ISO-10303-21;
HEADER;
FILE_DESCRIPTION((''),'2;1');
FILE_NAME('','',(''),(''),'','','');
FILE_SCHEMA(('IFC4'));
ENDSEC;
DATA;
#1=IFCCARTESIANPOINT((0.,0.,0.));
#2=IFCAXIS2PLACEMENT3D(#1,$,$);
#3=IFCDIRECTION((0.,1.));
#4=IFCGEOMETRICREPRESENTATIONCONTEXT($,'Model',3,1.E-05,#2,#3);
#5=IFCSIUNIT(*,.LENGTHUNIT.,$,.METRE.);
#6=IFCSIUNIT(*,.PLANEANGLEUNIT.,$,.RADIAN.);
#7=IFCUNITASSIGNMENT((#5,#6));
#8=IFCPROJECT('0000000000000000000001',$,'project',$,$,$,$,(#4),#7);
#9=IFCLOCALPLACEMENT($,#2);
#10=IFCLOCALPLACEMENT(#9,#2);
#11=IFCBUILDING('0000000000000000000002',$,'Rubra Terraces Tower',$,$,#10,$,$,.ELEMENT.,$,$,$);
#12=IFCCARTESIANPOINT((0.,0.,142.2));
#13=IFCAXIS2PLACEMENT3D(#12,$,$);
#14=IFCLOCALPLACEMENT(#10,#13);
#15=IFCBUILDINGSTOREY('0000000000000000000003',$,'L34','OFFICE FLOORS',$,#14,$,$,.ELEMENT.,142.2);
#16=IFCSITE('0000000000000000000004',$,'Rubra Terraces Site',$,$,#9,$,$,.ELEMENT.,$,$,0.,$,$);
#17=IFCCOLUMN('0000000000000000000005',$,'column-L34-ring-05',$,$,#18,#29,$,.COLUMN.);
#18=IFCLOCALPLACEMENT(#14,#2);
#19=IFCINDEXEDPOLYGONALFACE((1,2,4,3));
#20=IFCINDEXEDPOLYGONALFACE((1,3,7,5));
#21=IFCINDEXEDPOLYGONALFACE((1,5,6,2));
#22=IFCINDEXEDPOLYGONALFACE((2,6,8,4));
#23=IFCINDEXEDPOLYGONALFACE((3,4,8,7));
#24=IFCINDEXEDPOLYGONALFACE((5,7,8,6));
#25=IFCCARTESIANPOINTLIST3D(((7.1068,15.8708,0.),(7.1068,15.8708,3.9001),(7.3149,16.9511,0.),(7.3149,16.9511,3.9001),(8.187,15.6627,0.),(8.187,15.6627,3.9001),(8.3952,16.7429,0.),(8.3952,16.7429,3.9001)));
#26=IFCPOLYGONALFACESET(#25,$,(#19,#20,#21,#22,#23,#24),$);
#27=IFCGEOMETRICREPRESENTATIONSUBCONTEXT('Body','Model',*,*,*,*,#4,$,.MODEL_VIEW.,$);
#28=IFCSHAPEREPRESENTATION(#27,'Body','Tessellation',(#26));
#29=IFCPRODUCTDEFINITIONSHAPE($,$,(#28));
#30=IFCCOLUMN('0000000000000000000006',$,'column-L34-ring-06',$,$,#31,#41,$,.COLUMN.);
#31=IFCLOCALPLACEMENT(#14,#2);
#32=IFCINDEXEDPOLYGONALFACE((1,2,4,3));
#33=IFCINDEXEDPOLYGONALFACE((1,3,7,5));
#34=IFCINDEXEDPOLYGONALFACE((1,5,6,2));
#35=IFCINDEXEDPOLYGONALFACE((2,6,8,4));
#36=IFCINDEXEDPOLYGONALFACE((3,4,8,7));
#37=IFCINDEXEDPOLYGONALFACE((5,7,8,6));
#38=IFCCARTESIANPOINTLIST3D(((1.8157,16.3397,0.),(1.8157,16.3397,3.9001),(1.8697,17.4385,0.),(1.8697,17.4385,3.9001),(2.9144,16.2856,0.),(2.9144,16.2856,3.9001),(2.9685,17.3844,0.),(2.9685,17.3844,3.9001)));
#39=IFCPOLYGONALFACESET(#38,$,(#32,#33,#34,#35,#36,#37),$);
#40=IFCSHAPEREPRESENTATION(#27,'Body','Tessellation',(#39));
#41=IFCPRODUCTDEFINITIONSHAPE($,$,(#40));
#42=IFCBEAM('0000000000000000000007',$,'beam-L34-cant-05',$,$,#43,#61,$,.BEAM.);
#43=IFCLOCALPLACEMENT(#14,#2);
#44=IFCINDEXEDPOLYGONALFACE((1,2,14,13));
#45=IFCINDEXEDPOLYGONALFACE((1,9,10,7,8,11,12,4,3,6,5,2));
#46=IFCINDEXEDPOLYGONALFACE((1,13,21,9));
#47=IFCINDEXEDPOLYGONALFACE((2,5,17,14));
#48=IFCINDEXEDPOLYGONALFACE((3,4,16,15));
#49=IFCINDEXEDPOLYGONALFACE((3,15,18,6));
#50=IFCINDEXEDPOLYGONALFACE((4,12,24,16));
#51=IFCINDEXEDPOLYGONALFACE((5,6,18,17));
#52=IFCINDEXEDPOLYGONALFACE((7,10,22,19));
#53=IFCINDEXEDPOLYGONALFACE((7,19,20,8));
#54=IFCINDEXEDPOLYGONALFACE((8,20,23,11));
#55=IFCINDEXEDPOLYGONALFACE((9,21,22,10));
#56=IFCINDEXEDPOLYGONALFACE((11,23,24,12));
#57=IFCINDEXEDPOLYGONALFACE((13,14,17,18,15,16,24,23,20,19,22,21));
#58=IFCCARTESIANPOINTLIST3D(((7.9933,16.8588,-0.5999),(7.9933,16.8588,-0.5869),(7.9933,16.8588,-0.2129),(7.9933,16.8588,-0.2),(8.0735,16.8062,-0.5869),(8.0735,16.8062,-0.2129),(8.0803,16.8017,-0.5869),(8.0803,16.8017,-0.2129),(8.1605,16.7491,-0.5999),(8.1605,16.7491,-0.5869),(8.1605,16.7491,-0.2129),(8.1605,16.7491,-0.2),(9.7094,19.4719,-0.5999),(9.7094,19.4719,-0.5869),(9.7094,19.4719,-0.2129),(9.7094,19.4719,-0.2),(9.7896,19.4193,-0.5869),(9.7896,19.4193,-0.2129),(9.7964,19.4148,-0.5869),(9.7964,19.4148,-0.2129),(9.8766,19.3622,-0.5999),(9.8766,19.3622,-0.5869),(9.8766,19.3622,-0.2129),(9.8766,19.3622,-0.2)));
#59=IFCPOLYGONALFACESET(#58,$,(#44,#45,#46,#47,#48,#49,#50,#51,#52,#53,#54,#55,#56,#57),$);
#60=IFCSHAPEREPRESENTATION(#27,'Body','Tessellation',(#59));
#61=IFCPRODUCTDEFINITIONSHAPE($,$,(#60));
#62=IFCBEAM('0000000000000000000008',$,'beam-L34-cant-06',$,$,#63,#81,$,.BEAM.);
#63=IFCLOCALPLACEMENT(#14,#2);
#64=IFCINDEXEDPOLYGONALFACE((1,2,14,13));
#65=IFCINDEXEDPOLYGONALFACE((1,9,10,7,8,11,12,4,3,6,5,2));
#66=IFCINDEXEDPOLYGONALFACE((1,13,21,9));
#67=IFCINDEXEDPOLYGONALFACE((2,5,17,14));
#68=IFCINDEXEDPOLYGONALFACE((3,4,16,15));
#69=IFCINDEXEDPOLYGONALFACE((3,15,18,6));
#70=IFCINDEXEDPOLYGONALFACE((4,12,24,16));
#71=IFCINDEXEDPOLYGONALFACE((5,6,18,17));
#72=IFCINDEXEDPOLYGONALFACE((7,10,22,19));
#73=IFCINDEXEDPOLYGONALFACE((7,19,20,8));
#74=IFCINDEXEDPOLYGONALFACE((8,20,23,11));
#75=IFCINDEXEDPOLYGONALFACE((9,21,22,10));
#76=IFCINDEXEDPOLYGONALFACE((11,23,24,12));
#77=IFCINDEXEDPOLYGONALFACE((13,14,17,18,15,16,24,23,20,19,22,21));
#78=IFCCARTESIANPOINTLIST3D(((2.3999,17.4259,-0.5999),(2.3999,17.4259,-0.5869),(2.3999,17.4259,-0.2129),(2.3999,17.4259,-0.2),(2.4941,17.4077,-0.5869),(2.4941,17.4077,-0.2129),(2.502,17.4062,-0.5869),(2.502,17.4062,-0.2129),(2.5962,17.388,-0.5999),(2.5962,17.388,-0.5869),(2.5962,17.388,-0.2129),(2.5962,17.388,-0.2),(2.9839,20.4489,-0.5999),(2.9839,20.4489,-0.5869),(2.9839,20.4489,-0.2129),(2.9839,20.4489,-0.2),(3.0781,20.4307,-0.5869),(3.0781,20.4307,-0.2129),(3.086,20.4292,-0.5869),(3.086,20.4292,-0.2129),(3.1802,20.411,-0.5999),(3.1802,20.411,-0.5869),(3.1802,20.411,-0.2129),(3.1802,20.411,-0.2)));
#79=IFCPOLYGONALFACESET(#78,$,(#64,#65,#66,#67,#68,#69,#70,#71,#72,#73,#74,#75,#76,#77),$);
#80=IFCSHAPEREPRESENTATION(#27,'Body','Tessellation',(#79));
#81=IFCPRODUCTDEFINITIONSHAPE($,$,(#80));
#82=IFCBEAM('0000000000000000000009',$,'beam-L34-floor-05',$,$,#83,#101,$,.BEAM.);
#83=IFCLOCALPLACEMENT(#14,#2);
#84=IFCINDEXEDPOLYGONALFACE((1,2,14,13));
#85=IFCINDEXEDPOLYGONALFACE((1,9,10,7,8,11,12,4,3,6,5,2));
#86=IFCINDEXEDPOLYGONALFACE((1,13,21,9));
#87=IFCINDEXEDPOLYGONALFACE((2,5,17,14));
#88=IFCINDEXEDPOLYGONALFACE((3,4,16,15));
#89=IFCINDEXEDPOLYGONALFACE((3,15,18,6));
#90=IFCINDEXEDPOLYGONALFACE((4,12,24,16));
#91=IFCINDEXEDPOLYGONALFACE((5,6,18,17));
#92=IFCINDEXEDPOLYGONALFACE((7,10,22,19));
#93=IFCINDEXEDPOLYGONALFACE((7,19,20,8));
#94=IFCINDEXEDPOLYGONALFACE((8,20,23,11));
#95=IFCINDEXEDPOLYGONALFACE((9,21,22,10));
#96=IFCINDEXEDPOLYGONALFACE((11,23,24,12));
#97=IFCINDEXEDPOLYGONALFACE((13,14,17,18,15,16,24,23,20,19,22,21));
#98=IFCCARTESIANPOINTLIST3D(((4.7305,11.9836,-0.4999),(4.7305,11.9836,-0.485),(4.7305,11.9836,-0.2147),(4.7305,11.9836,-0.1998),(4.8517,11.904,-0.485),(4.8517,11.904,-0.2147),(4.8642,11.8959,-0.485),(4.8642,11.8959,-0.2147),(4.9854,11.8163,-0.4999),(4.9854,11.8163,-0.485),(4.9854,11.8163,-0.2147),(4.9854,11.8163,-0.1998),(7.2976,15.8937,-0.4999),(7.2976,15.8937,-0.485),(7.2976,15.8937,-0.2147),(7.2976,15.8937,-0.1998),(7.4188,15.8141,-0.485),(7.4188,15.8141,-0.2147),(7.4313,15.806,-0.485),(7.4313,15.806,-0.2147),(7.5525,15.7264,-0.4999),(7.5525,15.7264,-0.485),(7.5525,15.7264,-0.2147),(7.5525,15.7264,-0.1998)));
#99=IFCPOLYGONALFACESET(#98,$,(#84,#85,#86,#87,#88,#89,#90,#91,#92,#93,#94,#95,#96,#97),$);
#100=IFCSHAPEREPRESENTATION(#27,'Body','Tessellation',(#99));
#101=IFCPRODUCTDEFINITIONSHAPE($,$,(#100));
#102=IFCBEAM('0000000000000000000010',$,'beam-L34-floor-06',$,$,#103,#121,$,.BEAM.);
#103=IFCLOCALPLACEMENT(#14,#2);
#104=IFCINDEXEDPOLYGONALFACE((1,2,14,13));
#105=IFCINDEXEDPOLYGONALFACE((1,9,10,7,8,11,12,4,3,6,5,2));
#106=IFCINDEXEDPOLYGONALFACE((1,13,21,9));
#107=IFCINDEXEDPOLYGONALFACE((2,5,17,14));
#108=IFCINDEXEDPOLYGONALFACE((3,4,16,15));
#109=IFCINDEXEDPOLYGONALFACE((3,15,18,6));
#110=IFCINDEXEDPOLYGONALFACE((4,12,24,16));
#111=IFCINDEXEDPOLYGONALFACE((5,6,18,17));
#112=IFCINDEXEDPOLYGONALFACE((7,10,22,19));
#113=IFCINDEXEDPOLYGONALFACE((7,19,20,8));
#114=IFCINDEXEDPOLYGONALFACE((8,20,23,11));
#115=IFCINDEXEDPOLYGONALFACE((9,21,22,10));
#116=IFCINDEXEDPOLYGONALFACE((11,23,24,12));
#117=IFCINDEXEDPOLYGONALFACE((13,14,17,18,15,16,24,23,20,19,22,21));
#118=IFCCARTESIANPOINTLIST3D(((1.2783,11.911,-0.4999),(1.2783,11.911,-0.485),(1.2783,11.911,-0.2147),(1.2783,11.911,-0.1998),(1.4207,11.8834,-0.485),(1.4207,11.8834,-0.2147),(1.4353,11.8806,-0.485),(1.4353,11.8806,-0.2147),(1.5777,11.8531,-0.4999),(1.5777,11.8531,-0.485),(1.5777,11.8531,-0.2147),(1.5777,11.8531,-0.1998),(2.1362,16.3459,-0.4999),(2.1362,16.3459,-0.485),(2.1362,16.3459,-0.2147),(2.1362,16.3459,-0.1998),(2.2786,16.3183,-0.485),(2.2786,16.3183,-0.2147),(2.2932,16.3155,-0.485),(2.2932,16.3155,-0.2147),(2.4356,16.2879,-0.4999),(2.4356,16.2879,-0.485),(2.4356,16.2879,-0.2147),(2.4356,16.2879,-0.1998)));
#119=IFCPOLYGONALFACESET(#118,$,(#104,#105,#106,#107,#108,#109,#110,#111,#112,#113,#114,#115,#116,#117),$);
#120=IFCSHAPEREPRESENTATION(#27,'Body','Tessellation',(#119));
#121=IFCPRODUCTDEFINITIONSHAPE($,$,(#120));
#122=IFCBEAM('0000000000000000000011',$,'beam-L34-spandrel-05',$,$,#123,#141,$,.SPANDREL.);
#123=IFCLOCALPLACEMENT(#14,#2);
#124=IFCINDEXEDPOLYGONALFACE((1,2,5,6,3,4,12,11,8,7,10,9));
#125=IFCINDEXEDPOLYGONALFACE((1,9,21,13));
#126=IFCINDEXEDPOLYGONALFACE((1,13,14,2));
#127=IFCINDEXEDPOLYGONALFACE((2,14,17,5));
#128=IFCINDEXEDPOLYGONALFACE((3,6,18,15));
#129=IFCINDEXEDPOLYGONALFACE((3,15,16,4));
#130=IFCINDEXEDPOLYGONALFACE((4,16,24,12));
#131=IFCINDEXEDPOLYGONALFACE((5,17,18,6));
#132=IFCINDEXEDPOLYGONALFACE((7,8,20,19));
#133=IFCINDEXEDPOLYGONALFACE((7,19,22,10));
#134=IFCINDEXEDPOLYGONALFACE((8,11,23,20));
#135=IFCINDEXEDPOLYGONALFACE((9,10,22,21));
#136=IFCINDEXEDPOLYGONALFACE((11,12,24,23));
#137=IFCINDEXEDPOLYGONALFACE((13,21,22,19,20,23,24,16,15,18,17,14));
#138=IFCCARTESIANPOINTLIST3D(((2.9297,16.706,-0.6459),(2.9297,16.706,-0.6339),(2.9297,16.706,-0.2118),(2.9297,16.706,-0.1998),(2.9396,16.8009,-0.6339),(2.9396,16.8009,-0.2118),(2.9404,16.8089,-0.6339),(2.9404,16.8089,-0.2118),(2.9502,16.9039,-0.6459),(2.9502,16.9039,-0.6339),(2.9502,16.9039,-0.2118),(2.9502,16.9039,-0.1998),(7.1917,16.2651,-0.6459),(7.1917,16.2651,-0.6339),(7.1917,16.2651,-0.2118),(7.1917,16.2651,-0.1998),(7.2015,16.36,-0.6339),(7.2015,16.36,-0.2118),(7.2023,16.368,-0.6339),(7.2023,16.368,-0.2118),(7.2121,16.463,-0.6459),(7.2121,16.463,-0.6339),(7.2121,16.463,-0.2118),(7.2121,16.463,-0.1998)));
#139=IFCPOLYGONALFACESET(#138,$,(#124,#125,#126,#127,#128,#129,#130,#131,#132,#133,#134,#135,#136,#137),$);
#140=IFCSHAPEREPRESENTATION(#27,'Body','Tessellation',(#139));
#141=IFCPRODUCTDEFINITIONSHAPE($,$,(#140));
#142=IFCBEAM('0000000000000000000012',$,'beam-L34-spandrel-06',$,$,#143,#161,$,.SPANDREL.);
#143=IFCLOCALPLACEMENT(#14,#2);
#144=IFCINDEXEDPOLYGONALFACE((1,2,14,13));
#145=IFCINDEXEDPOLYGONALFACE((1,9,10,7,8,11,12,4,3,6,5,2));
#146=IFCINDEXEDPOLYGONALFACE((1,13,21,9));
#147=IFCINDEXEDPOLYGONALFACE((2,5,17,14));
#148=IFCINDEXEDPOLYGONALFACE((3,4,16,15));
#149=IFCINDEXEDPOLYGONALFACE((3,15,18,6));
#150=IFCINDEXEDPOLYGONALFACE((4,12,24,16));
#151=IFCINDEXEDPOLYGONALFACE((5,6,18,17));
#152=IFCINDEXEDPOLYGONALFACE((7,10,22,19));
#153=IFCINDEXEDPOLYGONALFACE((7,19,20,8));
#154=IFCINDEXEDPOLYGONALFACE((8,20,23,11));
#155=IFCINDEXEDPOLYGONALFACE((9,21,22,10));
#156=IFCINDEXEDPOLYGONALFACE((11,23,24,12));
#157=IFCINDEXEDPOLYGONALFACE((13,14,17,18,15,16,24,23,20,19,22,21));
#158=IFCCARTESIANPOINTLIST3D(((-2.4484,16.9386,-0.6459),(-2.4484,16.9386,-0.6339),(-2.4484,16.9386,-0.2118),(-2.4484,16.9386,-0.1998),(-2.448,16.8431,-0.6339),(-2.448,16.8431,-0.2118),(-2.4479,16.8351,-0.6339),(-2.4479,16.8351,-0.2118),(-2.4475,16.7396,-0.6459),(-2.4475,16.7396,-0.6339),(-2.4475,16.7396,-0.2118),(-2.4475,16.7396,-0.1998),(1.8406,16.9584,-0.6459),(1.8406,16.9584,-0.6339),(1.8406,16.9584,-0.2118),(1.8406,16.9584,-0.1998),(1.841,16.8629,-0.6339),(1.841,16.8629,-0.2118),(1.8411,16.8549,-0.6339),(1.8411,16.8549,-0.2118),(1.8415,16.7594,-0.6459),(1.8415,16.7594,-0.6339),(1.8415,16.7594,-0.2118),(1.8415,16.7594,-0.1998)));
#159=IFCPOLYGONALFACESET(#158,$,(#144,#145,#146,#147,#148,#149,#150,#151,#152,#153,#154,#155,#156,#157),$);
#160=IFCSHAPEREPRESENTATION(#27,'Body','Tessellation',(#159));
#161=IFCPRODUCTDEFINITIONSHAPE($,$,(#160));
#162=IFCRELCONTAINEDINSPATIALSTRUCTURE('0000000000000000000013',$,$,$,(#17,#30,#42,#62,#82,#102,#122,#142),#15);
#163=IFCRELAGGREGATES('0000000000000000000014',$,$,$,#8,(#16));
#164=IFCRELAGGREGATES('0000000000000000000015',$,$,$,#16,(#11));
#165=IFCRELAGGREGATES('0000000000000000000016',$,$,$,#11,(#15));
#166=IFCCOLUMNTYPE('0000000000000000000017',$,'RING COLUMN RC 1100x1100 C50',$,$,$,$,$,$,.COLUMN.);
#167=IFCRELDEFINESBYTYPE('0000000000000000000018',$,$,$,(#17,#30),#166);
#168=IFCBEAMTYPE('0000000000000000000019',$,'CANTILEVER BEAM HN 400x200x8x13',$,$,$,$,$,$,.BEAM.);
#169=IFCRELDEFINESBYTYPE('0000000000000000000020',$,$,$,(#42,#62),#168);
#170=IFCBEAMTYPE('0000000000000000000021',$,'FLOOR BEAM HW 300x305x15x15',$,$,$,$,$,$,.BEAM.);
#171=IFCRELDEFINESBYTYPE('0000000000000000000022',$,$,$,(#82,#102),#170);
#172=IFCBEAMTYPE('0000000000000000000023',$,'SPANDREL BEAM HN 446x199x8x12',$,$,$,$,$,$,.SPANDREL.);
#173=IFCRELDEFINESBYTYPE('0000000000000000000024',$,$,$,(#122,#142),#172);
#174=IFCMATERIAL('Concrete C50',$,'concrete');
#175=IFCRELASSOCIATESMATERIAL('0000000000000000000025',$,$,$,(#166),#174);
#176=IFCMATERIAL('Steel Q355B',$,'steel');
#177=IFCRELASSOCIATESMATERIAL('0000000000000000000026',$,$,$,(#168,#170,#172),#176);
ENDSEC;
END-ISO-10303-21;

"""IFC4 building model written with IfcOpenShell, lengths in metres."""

from ifc_helpers import new_model, si_unit, direction, frame, origin, origin_2d, place, context, subcontext, project, spatial, rectangle, i_section, extrude, material, material_profile, profile_set, type_object, element, save


model = new_model("IFC4")

# Units and contexts
model_context = context("Model", 3, precision=1e-05, world=origin(), true_north=direction((0.0, 1.0)))
body_context = subcontext(model_context, "Body", "Model", "MODEL_VIEW")
ifc_project = project(units=[si_unit("LENGTHUNIT", "METRE"), si_unit("PLANEANGLEUNIT", "RADIAN")], contexts=[model_context])

# Site, building, storey
site_placement = place(None, origin())
site = spatial("IfcSite", under=ifc_project, at=site_placement, Name="Rubra Terraces Site", CompositionType="ELEMENT", RefElevation=0.0)
building_placement = place(site_placement, origin())
building = spatial("IfcBuilding", under=site, at=building_placement, Name="Rubra Terraces Tower", CompositionType="ELEMENT")
storey_placement = place(building_placement, frame((0.0, 0.0, 142.2)))
storey = spatial("IfcBuildingStorey", under=building, at=storey_placement, Name="L34", Description="OFFICE FLOORS", CompositionType="ELEMENT", Elevation=142.2)

# Columns
ifc_material_1 = material(Name="Concrete C50", Category="concrete")
ifc_material_profile_1 = material_profile(ifc_material_1, rectangle(XDim=1.1001, YDim=1.1001, at=origin_2d()), Name="RC 1100x1100")
ifc_profile_set_1 = profile_set([ifc_material_profile_1], Name="Concrete C50")
column_type = type_object("IfcColumnType", Name="RING COLUMN RC 1100x1100 C50", PredefinedType="COLUMN", material=ifc_profile_set_1)
for number, where, z_axis, x_axis, name in (
    (1, (7.751, 16.3069, 0.0), (0.0, 0.0, 1.0), (-0.981937, 0.18921, 0.0), "column-L34-ring-05"),
    (2, (2.3921, 16.8621, 0.0), (0.0, 0.0, 1.0), (-0.998791, 0.04915, 0.0), "column-L34-ring-06"),
):
    element("IfcColumn", number, at=place(storey_placement, frame(where, z_axis=z_axis, x_axis=x_axis)), inside=storey, type_object=column_type, Name=name, PredefinedType="COLUMN", context=body_context, shape_type="SweptSolid", body=[
        extrude(rectangle(XDim=1.1001, YDim=1.1001, at=origin_2d()), origin(), (0.0, 0.0, 1.0), 3.9001),
    ])

# Beams
ifc_material_2 = material(Name="Steel Q355B", Category="steel")
ifc_material_profile_2 = material_profile(ifc_material_2, i_section(OverallWidth=0.2, OverallDepth=0.3999, WebThickness=0.0081, FlangeThickness=0.0129, at=origin_2d()), Name="HN 400x200x8x13")
ifc_profile_set_2 = profile_set([ifc_material_profile_2], Name="Steel Q355B")
beam_type_1 = type_object("IfcBeamType", Name="CANTILEVER BEAM HN 400x200x8x13", PredefinedType="BEAM", material=ifc_profile_set_2)
beam_1_placement = place(storey_placement, frame((8.0769, 16.804, -0.3999), z_axis=(0.548938, 0.835863, 0.0), x_axis=(-0.835863, 0.548938, 0.0)))
element("IfcBeam", 3, at=beam_1_placement, inside=storey, type_object=beam_type_1, Name="beam-L34-cant-05", PredefinedType="BEAM", context=body_context, shape_type="SweptSolid", body=[
    extrude(i_section(OverallWidth=0.2, OverallDepth=0.3999, WebThickness=0.0081, FlangeThickness=0.0129, at=origin_2d()), origin(), (0.0, 0.0, 1.0), 3.1262),
])
beam_2_placement = place(storey_placement, frame((2.498, 17.407, -0.3999), z_axis=(0.189677, 0.981847, 0.0), x_axis=(-0.981847, 0.189677, 0.0)))
element("IfcBeam", 4, at=beam_2_placement, inside=storey, type_object=beam_type_1, Name="beam-L34-cant-06", PredefinedType="BEAM", context=body_context, shape_type="SweptSolid", body=[
    extrude(i_section(OverallWidth=0.2, OverallDepth=0.3999, WebThickness=0.0081, FlangeThickness=0.0129, at=origin_2d()), origin(), (0.0, 0.0, 1.0), 3.0789),
])
ifc_material_profile_3 = material_profile(ifc_material_2, i_section(OverallWidth=0.3049, OverallDepth=0.3, WebThickness=0.0149, FlangeThickness=0.0149, at=origin_2d()), Name="HW 300x305x15x15")
ifc_profile_set_3 = profile_set([ifc_material_profile_3], Name="Steel Q355B")
beam_type_2 = type_object("IfcBeamType", Name="FLOOR BEAM HW 300x305x15x15", PredefinedType="BEAM", material=ifc_profile_set_3)
beam_3_placement = place(storey_placement, frame((7.425, 15.8101, -0.3499), z_axis=(-0.548821, -0.83594, 0.0), x_axis=(0.83594, -0.548821, 0.0)))
element("IfcBeam", 5, at=beam_3_placement, inside=storey, type_object=beam_type_2, Name="beam-L34-floor-05", PredefinedType="BEAM", context=body_context, shape_type="SweptSolid", body=[
    extrude(i_section(OverallWidth=0.3049, OverallDepth=0.3, WebThickness=0.0149, FlangeThickness=0.0149, at=origin_2d()), origin(), (0.0, 0.0, 1.0), 4.6775),
])
beam_4_placement = place(storey_placement, frame((2.2859, 16.3169, -0.3499), z_axis=(-0.189928, -0.981798, 0.0), x_axis=(0.981798, -0.189928, 0.0)))
element("IfcBeam", 6, at=beam_4_placement, inside=storey, type_object=beam_type_2, Name="beam-L34-floor-06", PredefinedType="BEAM", context=body_context, shape_type="SweptSolid", body=[
    extrude(i_section(OverallWidth=0.3049, OverallDepth=0.3, WebThickness=0.0149, FlangeThickness=0.0149, at=origin_2d()), origin(), (0.0, 0.0, 1.0), 4.5171),
])
ifc_material_profile_4 = material_profile(ifc_material_2, i_section(OverallWidth=0.199, OverallDepth=0.446, WebThickness=0.0081, FlangeThickness=0.012, at=origin_2d()), Name="HN 446x199x8x12")
ifc_profile_set_4 = profile_set([ifc_material_profile_4], Name="Steel Q355B")
beam_type_3 = type_object("IfcBeamType", Name="SPANDREL BEAM HN 446x199x8x12", PredefinedType="SPANDREL", material=ifc_profile_set_4)
beam_5_placement = place(storey_placement, frame((7.2019, 16.364, -0.4229), z_axis=(-0.994691, 0.102905, 0.0), x_axis=(-0.102905, -0.994691, 0.0)))
element("IfcBeam", 7, at=beam_5_placement, inside=storey, type_object=beam_type_3, Name="beam-L34-spandrel-05", PredefinedType="SPANDREL", context=body_context, shape_type="SweptSolid", body=[
    extrude(i_section(OverallWidth=0.199, OverallDepth=0.446, WebThickness=0.0081, FlangeThickness=0.012, at=origin_2d()), origin(), (0.0, 0.0, 1.0), 4.2847),
])
beam_6_placement = place(storey_placement, frame((1.8411, 16.8589, -0.4229), z_axis=(-0.999989, -0.004611, 0.0), x_axis=(0.004611, -0.999989, 0.0)))
element("IfcBeam", 8, at=beam_6_placement, inside=storey, type_object=beam_type_3, Name="beam-L34-spandrel-06", PredefinedType="SPANDREL", context=body_context, shape_type="SweptSolid", body=[
    extrude(i_section(OverallWidth=0.199, OverallDepth=0.446, WebThickness=0.0081, FlangeThickness=0.012, at=origin_2d()), origin(), (0.0, 0.0, 1.0), 4.2891),
])

save(model, "model.ifc")
